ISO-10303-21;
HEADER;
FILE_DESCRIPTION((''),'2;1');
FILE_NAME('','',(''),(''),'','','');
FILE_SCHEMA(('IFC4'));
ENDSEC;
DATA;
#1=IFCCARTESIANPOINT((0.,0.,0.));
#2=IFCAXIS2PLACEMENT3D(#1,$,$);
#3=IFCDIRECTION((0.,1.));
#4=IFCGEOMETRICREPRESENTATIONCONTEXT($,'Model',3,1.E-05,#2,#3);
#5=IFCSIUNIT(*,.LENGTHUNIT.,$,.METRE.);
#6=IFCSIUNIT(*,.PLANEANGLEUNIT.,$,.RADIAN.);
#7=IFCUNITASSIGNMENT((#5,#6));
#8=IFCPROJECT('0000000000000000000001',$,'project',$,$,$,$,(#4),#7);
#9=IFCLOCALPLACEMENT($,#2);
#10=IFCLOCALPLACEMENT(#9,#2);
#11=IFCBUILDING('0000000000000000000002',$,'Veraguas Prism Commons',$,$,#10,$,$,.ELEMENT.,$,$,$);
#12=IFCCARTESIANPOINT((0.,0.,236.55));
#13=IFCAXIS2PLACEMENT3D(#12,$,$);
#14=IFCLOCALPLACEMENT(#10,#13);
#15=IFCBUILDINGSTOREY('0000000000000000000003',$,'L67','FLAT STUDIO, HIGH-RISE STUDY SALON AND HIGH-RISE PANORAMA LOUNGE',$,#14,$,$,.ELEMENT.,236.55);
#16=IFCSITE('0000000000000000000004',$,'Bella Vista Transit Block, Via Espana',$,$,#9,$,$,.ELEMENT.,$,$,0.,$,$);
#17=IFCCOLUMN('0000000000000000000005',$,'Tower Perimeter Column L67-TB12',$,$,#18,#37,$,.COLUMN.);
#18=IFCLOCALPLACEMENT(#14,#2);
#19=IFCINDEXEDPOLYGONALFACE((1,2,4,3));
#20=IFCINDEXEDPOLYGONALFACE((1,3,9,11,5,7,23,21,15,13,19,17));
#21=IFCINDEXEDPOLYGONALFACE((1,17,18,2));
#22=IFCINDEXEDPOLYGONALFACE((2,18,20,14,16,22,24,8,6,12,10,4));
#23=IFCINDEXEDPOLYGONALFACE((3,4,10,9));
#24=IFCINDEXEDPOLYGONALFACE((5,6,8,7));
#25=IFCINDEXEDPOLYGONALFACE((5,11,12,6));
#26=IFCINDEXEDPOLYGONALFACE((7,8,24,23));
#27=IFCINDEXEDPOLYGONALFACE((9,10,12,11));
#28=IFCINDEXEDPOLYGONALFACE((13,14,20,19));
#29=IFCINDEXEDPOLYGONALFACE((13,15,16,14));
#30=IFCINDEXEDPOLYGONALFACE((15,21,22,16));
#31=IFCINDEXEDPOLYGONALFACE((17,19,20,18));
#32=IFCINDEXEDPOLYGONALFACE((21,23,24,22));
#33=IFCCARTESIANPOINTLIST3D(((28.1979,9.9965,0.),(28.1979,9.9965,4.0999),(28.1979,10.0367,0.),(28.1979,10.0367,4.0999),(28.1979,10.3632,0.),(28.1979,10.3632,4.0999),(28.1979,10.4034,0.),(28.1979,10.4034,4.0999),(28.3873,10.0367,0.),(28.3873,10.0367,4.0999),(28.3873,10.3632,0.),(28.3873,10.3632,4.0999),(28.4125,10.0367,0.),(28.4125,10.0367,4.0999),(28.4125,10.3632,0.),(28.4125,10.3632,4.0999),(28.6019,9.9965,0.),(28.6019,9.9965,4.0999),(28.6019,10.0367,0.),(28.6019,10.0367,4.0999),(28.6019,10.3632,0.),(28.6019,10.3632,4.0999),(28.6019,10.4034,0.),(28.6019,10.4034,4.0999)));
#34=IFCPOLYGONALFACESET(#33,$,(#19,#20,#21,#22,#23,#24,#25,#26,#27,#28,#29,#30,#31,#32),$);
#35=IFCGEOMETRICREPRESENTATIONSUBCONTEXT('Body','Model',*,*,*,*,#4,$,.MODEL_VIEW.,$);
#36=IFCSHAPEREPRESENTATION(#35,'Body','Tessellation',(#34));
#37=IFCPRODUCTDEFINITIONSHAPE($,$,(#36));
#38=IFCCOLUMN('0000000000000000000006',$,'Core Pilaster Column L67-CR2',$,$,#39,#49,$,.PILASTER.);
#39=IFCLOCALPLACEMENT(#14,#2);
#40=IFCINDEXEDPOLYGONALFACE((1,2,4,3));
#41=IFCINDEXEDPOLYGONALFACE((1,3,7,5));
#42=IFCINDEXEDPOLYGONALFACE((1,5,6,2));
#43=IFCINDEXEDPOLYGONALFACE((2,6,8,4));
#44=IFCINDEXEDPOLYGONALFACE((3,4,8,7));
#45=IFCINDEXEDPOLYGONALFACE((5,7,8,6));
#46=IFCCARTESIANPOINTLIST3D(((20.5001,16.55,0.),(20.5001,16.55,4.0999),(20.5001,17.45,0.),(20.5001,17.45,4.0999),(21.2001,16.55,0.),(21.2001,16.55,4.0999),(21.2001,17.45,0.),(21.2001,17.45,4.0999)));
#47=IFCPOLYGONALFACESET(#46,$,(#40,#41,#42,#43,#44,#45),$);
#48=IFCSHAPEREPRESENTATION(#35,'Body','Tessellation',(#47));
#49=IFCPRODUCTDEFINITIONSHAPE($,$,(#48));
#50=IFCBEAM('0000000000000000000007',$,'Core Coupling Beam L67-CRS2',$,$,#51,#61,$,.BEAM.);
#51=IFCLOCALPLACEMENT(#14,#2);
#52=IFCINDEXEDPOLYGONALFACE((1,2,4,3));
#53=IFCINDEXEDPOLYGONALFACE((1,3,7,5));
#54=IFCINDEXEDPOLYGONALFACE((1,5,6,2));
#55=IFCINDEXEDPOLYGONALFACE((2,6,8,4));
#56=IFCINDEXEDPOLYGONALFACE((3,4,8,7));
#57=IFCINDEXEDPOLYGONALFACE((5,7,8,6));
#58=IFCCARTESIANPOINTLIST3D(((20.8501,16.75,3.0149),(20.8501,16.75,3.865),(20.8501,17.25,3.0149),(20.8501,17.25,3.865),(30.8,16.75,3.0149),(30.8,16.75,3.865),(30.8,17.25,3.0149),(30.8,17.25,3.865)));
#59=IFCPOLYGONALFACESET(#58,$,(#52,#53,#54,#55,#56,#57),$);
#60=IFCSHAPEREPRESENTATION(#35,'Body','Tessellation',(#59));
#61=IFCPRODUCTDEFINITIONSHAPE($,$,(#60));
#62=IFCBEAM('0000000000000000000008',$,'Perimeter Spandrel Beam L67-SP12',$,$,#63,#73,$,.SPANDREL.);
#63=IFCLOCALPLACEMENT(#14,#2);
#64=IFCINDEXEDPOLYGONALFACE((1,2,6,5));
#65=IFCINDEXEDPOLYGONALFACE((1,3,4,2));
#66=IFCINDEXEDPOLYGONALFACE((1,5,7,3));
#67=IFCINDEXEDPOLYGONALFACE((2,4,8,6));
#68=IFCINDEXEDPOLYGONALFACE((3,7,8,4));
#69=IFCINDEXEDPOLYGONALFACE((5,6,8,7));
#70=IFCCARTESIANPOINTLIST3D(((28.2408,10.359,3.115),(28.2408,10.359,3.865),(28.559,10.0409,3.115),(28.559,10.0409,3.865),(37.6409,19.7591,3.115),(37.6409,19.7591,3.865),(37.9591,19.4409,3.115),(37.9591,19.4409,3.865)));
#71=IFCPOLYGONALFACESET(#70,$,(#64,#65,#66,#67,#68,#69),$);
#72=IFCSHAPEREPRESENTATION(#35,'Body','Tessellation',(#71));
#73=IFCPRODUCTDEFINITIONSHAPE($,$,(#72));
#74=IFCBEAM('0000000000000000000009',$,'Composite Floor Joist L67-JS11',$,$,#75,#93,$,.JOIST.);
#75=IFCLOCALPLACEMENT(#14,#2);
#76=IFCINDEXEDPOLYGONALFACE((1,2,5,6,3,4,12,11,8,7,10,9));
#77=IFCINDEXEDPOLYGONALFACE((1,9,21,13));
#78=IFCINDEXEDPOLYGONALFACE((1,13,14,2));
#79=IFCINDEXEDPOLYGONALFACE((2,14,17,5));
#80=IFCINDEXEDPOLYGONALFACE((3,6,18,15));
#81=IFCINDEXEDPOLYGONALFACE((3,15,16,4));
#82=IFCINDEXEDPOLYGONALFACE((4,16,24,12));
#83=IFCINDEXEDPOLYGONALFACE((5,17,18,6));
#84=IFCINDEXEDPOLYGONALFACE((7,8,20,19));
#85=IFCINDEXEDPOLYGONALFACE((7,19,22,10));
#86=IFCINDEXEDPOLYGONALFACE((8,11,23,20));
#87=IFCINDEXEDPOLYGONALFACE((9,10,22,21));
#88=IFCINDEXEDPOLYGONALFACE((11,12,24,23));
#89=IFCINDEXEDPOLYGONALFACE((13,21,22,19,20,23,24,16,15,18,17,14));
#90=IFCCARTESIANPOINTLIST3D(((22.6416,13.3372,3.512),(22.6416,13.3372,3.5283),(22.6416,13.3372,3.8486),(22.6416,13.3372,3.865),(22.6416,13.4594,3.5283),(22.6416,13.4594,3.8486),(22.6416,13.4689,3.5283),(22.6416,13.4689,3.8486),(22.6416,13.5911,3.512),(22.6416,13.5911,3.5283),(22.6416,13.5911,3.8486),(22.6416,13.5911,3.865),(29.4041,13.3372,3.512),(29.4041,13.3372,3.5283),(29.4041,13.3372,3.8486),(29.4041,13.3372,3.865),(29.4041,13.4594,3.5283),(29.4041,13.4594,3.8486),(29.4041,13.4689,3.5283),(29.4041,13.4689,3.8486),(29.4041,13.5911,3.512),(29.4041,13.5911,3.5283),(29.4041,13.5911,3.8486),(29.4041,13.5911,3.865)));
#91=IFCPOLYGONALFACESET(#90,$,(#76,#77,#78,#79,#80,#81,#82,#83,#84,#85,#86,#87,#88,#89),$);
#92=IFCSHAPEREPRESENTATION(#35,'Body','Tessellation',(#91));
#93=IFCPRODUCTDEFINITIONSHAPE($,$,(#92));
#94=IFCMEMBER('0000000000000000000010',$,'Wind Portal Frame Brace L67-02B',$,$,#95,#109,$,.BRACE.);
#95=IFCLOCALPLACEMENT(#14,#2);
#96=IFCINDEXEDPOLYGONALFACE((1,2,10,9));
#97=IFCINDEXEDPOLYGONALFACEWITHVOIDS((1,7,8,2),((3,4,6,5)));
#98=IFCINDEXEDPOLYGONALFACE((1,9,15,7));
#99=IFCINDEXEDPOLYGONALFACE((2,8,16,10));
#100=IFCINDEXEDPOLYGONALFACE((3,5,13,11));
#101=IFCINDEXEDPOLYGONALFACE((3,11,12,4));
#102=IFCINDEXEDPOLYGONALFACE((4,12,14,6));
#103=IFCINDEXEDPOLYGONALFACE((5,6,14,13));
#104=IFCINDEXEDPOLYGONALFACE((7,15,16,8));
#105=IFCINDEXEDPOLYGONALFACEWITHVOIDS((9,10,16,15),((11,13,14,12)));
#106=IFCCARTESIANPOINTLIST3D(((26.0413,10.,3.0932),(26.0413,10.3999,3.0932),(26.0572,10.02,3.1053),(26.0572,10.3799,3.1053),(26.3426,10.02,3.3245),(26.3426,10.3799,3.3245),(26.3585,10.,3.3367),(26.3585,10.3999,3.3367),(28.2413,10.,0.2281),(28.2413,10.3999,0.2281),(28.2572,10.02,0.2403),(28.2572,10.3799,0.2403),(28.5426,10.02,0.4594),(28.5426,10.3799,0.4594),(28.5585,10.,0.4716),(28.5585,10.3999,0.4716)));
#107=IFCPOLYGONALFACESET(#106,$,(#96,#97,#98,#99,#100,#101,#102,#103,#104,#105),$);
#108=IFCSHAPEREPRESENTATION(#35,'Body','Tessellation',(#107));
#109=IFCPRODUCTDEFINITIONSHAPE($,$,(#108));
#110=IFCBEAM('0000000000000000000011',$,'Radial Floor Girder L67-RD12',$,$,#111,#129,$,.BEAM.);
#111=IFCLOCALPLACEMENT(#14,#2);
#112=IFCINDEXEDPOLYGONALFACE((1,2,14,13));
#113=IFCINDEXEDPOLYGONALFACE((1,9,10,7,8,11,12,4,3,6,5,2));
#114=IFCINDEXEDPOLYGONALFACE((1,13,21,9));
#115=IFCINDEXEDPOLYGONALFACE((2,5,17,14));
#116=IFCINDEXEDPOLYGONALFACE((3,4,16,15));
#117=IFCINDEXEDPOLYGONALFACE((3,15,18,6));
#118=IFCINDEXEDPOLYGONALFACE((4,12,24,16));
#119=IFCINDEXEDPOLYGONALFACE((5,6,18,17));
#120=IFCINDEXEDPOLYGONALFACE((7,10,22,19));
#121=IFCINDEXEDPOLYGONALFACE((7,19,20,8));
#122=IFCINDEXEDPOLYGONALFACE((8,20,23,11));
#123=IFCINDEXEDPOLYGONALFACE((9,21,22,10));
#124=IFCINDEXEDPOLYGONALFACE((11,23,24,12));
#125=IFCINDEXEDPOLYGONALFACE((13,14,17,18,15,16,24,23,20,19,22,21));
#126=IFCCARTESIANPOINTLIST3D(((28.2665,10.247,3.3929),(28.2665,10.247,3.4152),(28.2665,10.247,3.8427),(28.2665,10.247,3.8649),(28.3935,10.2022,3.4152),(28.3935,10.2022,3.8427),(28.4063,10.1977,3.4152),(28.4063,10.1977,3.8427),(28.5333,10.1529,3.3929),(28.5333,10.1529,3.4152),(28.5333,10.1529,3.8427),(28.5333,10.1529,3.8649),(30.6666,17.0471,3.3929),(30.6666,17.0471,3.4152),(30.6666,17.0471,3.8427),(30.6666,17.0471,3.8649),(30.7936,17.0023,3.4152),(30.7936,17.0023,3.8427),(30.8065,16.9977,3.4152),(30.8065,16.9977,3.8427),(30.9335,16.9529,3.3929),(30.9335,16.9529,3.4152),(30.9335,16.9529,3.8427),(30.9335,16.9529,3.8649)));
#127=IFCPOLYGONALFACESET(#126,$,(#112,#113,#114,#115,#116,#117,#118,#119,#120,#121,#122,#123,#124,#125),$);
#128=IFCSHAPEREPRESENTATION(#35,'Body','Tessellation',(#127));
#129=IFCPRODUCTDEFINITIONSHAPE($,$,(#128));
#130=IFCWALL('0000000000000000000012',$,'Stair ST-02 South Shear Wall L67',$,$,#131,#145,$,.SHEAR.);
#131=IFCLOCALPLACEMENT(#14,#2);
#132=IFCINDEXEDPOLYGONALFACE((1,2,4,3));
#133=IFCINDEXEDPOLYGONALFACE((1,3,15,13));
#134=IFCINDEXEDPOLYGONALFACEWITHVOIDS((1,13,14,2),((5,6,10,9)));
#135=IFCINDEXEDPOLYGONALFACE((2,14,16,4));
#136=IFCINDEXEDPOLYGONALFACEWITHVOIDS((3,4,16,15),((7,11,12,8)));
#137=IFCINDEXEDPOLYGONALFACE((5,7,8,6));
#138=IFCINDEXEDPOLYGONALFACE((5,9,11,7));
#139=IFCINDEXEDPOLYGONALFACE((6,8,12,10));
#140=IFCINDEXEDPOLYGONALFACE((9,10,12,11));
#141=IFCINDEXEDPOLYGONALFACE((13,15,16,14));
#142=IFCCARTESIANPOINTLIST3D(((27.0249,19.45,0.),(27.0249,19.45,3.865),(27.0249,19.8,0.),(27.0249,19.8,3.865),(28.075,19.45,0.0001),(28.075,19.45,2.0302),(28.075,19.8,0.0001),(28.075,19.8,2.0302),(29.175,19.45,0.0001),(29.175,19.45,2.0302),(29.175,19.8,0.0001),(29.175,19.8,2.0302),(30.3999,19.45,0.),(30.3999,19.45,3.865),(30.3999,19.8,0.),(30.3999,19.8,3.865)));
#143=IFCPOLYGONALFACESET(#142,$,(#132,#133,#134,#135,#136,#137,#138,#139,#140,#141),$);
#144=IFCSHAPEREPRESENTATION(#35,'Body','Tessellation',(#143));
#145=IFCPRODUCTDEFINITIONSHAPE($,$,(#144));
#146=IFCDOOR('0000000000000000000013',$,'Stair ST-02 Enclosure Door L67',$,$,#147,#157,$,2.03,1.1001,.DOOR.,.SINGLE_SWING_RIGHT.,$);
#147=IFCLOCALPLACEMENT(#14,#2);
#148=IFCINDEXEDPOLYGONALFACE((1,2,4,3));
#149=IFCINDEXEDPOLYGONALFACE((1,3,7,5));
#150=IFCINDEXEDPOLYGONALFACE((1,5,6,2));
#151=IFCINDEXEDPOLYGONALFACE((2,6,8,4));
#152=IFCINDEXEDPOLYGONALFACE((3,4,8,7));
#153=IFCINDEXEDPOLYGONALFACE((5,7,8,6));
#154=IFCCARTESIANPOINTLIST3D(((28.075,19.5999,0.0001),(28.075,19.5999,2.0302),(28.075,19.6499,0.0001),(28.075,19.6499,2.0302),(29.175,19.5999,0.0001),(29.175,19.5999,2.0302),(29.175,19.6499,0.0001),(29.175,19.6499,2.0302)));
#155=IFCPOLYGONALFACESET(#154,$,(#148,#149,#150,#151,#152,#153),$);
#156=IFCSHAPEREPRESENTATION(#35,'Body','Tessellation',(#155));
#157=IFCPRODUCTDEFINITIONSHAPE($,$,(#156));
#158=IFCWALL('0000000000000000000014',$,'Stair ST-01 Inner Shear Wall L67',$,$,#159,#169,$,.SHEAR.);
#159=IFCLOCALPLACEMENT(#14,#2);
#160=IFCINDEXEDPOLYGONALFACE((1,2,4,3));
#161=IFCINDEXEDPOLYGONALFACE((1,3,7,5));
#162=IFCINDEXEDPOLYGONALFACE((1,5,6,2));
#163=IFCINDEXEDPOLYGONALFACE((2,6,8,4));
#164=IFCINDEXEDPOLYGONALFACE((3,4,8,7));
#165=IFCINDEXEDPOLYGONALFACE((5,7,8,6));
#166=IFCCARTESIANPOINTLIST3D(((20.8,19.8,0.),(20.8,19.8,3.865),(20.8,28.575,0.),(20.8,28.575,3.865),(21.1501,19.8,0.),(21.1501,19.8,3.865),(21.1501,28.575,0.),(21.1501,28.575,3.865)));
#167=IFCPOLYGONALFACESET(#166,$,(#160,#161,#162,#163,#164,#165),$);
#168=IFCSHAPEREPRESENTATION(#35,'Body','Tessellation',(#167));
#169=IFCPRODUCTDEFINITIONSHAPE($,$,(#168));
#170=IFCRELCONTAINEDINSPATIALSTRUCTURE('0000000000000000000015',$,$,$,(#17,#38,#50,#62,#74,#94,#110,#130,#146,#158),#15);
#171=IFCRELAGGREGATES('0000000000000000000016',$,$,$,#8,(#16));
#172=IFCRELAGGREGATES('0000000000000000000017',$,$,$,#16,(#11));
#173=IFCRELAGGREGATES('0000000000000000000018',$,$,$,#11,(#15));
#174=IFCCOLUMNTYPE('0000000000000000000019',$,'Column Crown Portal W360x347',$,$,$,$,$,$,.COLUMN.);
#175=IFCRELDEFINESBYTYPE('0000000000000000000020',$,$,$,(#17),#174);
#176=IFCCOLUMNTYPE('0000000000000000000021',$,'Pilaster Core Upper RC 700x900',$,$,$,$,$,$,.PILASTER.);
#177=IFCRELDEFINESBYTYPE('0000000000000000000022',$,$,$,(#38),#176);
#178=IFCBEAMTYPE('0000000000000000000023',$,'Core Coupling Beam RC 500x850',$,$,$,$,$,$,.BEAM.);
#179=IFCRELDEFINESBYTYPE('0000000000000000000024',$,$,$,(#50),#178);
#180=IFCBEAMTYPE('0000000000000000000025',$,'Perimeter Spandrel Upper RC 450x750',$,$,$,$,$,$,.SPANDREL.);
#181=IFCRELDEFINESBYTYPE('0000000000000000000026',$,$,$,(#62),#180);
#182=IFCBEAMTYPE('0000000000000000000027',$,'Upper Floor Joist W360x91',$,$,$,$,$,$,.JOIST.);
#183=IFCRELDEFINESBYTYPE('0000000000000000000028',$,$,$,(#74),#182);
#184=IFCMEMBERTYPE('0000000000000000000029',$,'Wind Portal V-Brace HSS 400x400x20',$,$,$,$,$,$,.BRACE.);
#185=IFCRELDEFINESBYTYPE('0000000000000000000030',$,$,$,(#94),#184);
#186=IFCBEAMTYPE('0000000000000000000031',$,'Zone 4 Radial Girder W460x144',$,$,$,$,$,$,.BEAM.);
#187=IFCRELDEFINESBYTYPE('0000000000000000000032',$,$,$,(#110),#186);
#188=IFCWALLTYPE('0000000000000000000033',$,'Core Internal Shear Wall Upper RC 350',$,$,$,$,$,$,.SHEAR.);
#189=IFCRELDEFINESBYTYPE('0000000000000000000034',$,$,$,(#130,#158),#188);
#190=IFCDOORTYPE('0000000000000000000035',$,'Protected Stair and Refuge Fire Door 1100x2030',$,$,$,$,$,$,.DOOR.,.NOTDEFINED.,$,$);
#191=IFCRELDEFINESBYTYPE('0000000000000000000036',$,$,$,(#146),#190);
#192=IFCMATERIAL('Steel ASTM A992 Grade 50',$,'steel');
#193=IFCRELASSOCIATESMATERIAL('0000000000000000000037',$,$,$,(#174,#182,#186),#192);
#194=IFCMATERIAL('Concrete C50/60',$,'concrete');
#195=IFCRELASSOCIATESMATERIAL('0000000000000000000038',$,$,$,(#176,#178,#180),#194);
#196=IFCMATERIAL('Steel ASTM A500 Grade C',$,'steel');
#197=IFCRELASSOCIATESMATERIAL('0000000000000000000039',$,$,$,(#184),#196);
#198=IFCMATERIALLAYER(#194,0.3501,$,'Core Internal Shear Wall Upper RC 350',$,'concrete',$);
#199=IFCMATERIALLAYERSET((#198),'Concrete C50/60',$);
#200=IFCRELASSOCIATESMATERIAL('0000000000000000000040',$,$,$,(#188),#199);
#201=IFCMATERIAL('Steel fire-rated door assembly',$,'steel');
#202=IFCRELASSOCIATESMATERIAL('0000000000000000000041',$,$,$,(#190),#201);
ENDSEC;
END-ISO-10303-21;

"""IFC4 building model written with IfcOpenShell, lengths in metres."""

from ifc_helpers import new_model, si_unit, direction, frame, frame_2d, origin, origin_2d, place, context, subcontext, project, spatial, rectangle, hollow_rectangle, i_section, extrude, source, transform, mapped, material, layer, layer_set, material_profile, profile_set, type_object, element, fill, save


model = new_model("IFC4")

# Units and contexts
model_context = context("Model", 3, precision=1e-05, world=origin(), true_north=direction((0.0, 1.0)))
body_context = subcontext(model_context, "Body", "Model", "MODEL_VIEW")
ifc_project = project(units=[si_unit("LENGTHUNIT", "METRE"), si_unit("PLANEANGLEUNIT", "RADIAN")], contexts=[model_context])

# Site, building, storey
site_placement = place(None, origin())
site = spatial("IfcSite", under=ifc_project, at=site_placement, Name="Bella Vista Transit Block, Via Espana", CompositionType="ELEMENT", RefElevation=0.0)
building_placement = place(site_placement, origin())
building = spatial("IfcBuilding", under=site, at=building_placement, Name="Veraguas Prism Commons", CompositionType="ELEMENT")
storey_placement = place(building_placement, frame((0.0, 0.0, 236.55)))
storey = spatial("IfcBuildingStorey", under=building, at=storey_placement, Name="L67", Description="FLAT STUDIO, HIGH-RISE STUDY SALON AND HIGH-RISE PANORAMA LOUNGE", CompositionType="ELEMENT", Elevation=236.55)

# Columns
ifc_material_1 = material(Name="Steel ASTM A992 Grade 50", Category="steel")
ifc_material_profile_1 = material_profile(ifc_material_1, i_section(OverallWidth=0.4041, OverallDepth=0.407, WebThickness=0.0251, FlangeThickness=0.0403, at=origin_2d()), Name="W360X347")
ifc_profile_set_1 = profile_set([ifc_material_profile_1], Name="Steel ASTM A992 Grade 50")
column_type_1 = type_object("IfcColumnType", Name="Column Crown Portal W360x347", PredefinedType="COLUMN", material=ifc_profile_set_1)
column_1_placement = place(storey_placement, frame((28.3999, 10.2, 0.0), z_axis=(0.0, 0.0, 1.0), x_axis=(1.0, 0.0, 0.0)))
element("IfcColumn", 1, at=column_1_placement, inside=storey, type_object=column_type_1, Name="Tower Perimeter Column L67-TB12", PredefinedType="COLUMN", context=body_context, shape_type="SweptSolid", body=[
    extrude(i_section(OverallWidth=0.4041, OverallDepth=0.407, WebThickness=0.0251, FlangeThickness=0.0403, at=origin_2d()), origin(), (0.0, 0.0, 1.0), 4.0999),
])
ifc_material_2 = material(Name="Concrete C50/60", Category="concrete")
ifc_material_profile_2 = material_profile(ifc_material_2, rectangle(XDim=0.7, YDim=0.8999, at=origin_2d()), Name="RC700X900")
ifc_profile_set_2 = profile_set([ifc_material_profile_2], Name="Concrete C50/60")
column_type_2 = type_object("IfcColumnType", Name="Pilaster Core Upper RC 700x900", PredefinedType="PILASTER", material=ifc_profile_set_2)
column_2_placement = place(storey_placement, frame((20.8501, 17.0, 0.0), z_axis=(0.0, 0.0, 1.0), x_axis=(1.0, 0.0, 0.0)))
element("IfcColumn", 2, at=column_2_placement, inside=storey, type_object=column_type_2, Name="Core Pilaster Column L67-CR2", PredefinedType="PILASTER", context=body_context, shape_type="SweptSolid", body=[
    extrude(rectangle(XDim=0.7, YDim=0.8999, at=origin_2d()), origin(), (0.0, 0.0, 1.0), 4.0999),
])

# Beams
ifc_material_profile_3 = material_profile(ifc_material_2, rectangle(XDim=0.5, YDim=0.8501, at=origin_2d()), Name="RC500X850")
ifc_profile_set_3 = profile_set([ifc_material_profile_3], Name="Concrete C50/60")
beam_type_1 = type_object("IfcBeamType", Name="Core Coupling Beam RC 500x850", PredefinedType="BEAM", material=ifc_profile_set_3)
beam_1_placement = place(storey_placement, frame((20.8501, 17.0, 3.4399), z_axis=(1.0, 0.0, 0.0), x_axis=(0.0, 1.0, 0.0)))
element("IfcBeam", 3, at=beam_1_placement, inside=storey, type_object=beam_type_1, Name="Core Coupling Beam L67-CRS2", PredefinedType="BEAM", context=body_context, shape_type="SweptSolid", body=[
    extrude(rectangle(XDim=0.5, YDim=0.8501, at=origin_2d()), origin(), (0.0, 0.0, 1.0), 9.95),
])
ifc_material_profile_4 = material_profile(ifc_material_2, rectangle(XDim=0.45, YDim=0.75, at=origin_2d()), Name="RC450X750")
ifc_profile_set_4 = profile_set([ifc_material_profile_4], Name="Concrete C50/60")
beam_type_2 = type_object("IfcBeamType", Name="Perimeter Spandrel Upper RC 450x750", PredefinedType="SPANDREL", material=ifc_profile_set_4)
beam_2_placement = place(storey_placement, frame((28.3999, 10.2, 3.49), z_axis=(0.707107, 0.707107, 0.0), x_axis=(-0.707107, 0.707107, 0.0)))
element("IfcBeam", 4, at=beam_2_placement, inside=storey, type_object=beam_type_2, Name="Perimeter Spandrel Beam L67-SP12", PredefinedType="SPANDREL", context=body_context, shape_type="SweptSolid", body=[
    extrude(rectangle(XDim=0.45, YDim=0.75, at=origin_2d()), origin(), (0.0, 0.0, 1.0), 13.2937),
])
ifc_material_profile_5 = material_profile(ifc_material_1, i_section(OverallWidth=0.2539, OverallDepth=0.353, WebThickness=0.0095, FlangeThickness=0.0164, at=origin_2d()), Name="W360X91")
ifc_profile_set_5 = profile_set([ifc_material_profile_5], Name="Steel ASTM A992 Grade 50")
beam_type_3 = type_object("IfcBeamType", Name="Upper Floor Joist W360x91", PredefinedType="JOIST", material=ifc_profile_set_5)
beam_3_placement = place(storey_placement, frame((22.6416, 13.4641, 3.6885), z_axis=(1.0, 0.0, 0.0), x_axis=(0.0, 1.0, 0.0)))
element("IfcBeam", 5, at=beam_3_placement, inside=storey, type_object=beam_type_3, Name="Composite Floor Joist L67-JS11", PredefinedType="JOIST", context=body_context, shape_type="SweptSolid", body=[
    extrude(i_section(OverallWidth=0.2539, OverallDepth=0.353, WebThickness=0.0095, FlangeThickness=0.0164, at=origin_2d()), origin(), (0.0, 0.0, 1.0), 6.7625),
])

# Member
ifc_material_3 = material(Name="Steel ASTM A500 Grade C", Category="steel")
ifc_material_profile_6 = material_profile(ifc_material_3, hollow_rectangle(XDim=0.3999, YDim=0.3999, WallThickness=0.02, at=origin_2d()), Name="HSS400X400X20")
ifc_profile_set_6 = profile_set([ifc_material_profile_6], Name="Steel ASTM A500 Grade C")
member_type = type_object("IfcMemberType", Name="Wind Portal V-Brace HSS 400x400x20", PredefinedType="BRACE", material=ifc_profile_set_6)
member_placement = place(storey_placement, frame((28.3999, 10.2, 0.3499), z_axis=(-0.609034, 0.0, 0.793144), x_axis=(0.0, -1.0, 0.0)))
element("IfcMember", 6, at=member_placement, inside=storey, type_object=member_type, Name="Wind Portal Frame Brace L67-02B", PredefinedType="BRACE", context=body_context, shape_type="SweptSolid", body=[
    extrude(hollow_rectangle(XDim=0.3999, YDim=0.3999, WallThickness=0.02, at=origin_2d()), origin(), (0.0, 0.0, 1.0), 3.6123),
])

# Beam
ifc_material_profile_7 = material_profile(ifc_material_1, i_section(OverallWidth=0.283, OverallDepth=0.4719, WebThickness=0.0137, FlangeThickness=0.0222, at=origin_2d()), Name="W460X144")
ifc_profile_set_7 = profile_set([ifc_material_profile_7], Name="Steel ASTM A992 Grade 50")
beam_type_4 = type_object("IfcBeamType", Name="Zone 4 Radial Girder W460x144", PredefinedType="BEAM", material=ifc_profile_set_7)
beam_4_placement = place(storey_placement, frame((28.3999, 10.2, 3.6289), z_axis=(0.332836, 0.942985, 0.0), x_axis=(-0.942985, 0.332836, 0.0)))
element("IfcBeam", 7, at=beam_4_placement, inside=storey, type_object=beam_type_4, Name="Radial Floor Girder L67-RD12", PredefinedType="BEAM", context=body_context, shape_type="SweptSolid", body=[
    extrude(i_section(OverallWidth=0.283, OverallDepth=0.4719, WebThickness=0.0137, FlangeThickness=0.0222, at=origin_2d()), origin(), (0.0, 0.0, 1.0), 7.2112),
])

# Wall, opening, door
ifc_layer_1 = layer(ifc_material_2, 0.3501, Name="Core Internal Shear Wall Upper RC 350", Category="concrete")
ifc_layer_set_1 = layer_set([ifc_layer_1], Name="Concrete C50/60")
wall_type_1 = type_object("IfcWallType", Name="Core Internal Shear Wall Upper RC 350", PredefinedType="SHEAR", material=ifc_layer_set_1)
wall_1_placement = place(storey_placement, frame((27.0249, 19.625, 0.0), z_axis=(0.0, 0.0, 1.0), x_axis=(1.0, 0.0, 0.0)))
wall_1 = element("IfcWall", 8, at=wall_1_placement, inside=storey, type_object=wall_type_1, Name="Stair ST-02 South Shear Wall L67", PredefinedType="SHEAR", context=body_context, shape_type="SweptSolid", body=[
    extrude(rectangle(XDim=3.375, YDim=0.3501, at=frame_2d((1.6875, 0.0))), origin(), (0.0, 0.0, 1.0), 3.865),
])
opening_1_placement = place(wall_1_placement, frame((1.05, 0.0, 0.0)))
opening_1 = element("IfcOpeningElement", 9, at=opening_1_placement, cuts=wall_1, PredefinedType="OPENING", context=body_context, shape_type="SweptSolid", body=[
    extrude(rectangle(XDim=1.1001, YDim=2.03, at=frame_2d((0.55, 1.0151))), frame((0.0, 0.1851, 0.0), z_axis=(0.0, -1.0, 0.0), x_axis=(1.0, 0.0, 0.0)), (0.0, 0.0, 1.0), 0.3701),
])
ifc_material_4 = material(Name="Steel fire-rated door assembly", Category="steel")
door_type_1 = type_object("IfcDoorType", Name="Protected Stair and Refuge Fire Door 1100x2030", OperationType="NOTDEFINED", PredefinedType="DOOR", material=ifc_material_4)
shared_shape_1 = source(origin(), body_context, "Body", "SweptSolid", [
    extrude(rectangle(XDim=1.1001, YDim=2.03, at=frame_2d((0.55, 1.0151))), frame((0.0, 0.0249, 0.0), z_axis=(0.0, -1.0, 0.0), x_axis=(1.0, 0.0, 0.0)), (0.0, 0.0, 1.0), 0.05),
])
door_1_placement = place(opening_1_placement, origin())
door_1 = element("IfcDoor", 10, at=door_1_placement, inside=storey, type_object=door_type_1, Name="Stair ST-02 Enclosure Door L67", OperationType="SINGLE_SWING_RIGHT", OverallHeight=2.03, OverallWidth=1.1001, PredefinedType="DOOR", context=body_context, shape_type="MappedRepresentation", body=[
    mapped(shared_shape_1, transform((0.0, 0.0, 0.0), scale=1.0)),
])
fill(opening_1, door_1)

# Wall
for number, where, z_axis, x_axis, name in (
    (11, (20.9751, 19.8, 0.0), (0.0, 0.0, 1.0), (0.0, 1.0, 0.0), "Stair ST-01 Inner Shear Wall L67"),
):
    element("IfcWall", number, at=place(storey_placement, frame(where, z_axis=z_axis, x_axis=x_axis)), inside=storey, type_object=wall_type_1, Name=name, PredefinedType="SHEAR", context=body_context, shape_type="SweptSolid", body=[
        extrude(rectangle(XDim=8.7749, YDim=0.3501, at=frame_2d((4.3875, 0.0))), origin(), (0.0, 0.0, 1.0), 3.865),
    ])

save(model, "model.ifc")
